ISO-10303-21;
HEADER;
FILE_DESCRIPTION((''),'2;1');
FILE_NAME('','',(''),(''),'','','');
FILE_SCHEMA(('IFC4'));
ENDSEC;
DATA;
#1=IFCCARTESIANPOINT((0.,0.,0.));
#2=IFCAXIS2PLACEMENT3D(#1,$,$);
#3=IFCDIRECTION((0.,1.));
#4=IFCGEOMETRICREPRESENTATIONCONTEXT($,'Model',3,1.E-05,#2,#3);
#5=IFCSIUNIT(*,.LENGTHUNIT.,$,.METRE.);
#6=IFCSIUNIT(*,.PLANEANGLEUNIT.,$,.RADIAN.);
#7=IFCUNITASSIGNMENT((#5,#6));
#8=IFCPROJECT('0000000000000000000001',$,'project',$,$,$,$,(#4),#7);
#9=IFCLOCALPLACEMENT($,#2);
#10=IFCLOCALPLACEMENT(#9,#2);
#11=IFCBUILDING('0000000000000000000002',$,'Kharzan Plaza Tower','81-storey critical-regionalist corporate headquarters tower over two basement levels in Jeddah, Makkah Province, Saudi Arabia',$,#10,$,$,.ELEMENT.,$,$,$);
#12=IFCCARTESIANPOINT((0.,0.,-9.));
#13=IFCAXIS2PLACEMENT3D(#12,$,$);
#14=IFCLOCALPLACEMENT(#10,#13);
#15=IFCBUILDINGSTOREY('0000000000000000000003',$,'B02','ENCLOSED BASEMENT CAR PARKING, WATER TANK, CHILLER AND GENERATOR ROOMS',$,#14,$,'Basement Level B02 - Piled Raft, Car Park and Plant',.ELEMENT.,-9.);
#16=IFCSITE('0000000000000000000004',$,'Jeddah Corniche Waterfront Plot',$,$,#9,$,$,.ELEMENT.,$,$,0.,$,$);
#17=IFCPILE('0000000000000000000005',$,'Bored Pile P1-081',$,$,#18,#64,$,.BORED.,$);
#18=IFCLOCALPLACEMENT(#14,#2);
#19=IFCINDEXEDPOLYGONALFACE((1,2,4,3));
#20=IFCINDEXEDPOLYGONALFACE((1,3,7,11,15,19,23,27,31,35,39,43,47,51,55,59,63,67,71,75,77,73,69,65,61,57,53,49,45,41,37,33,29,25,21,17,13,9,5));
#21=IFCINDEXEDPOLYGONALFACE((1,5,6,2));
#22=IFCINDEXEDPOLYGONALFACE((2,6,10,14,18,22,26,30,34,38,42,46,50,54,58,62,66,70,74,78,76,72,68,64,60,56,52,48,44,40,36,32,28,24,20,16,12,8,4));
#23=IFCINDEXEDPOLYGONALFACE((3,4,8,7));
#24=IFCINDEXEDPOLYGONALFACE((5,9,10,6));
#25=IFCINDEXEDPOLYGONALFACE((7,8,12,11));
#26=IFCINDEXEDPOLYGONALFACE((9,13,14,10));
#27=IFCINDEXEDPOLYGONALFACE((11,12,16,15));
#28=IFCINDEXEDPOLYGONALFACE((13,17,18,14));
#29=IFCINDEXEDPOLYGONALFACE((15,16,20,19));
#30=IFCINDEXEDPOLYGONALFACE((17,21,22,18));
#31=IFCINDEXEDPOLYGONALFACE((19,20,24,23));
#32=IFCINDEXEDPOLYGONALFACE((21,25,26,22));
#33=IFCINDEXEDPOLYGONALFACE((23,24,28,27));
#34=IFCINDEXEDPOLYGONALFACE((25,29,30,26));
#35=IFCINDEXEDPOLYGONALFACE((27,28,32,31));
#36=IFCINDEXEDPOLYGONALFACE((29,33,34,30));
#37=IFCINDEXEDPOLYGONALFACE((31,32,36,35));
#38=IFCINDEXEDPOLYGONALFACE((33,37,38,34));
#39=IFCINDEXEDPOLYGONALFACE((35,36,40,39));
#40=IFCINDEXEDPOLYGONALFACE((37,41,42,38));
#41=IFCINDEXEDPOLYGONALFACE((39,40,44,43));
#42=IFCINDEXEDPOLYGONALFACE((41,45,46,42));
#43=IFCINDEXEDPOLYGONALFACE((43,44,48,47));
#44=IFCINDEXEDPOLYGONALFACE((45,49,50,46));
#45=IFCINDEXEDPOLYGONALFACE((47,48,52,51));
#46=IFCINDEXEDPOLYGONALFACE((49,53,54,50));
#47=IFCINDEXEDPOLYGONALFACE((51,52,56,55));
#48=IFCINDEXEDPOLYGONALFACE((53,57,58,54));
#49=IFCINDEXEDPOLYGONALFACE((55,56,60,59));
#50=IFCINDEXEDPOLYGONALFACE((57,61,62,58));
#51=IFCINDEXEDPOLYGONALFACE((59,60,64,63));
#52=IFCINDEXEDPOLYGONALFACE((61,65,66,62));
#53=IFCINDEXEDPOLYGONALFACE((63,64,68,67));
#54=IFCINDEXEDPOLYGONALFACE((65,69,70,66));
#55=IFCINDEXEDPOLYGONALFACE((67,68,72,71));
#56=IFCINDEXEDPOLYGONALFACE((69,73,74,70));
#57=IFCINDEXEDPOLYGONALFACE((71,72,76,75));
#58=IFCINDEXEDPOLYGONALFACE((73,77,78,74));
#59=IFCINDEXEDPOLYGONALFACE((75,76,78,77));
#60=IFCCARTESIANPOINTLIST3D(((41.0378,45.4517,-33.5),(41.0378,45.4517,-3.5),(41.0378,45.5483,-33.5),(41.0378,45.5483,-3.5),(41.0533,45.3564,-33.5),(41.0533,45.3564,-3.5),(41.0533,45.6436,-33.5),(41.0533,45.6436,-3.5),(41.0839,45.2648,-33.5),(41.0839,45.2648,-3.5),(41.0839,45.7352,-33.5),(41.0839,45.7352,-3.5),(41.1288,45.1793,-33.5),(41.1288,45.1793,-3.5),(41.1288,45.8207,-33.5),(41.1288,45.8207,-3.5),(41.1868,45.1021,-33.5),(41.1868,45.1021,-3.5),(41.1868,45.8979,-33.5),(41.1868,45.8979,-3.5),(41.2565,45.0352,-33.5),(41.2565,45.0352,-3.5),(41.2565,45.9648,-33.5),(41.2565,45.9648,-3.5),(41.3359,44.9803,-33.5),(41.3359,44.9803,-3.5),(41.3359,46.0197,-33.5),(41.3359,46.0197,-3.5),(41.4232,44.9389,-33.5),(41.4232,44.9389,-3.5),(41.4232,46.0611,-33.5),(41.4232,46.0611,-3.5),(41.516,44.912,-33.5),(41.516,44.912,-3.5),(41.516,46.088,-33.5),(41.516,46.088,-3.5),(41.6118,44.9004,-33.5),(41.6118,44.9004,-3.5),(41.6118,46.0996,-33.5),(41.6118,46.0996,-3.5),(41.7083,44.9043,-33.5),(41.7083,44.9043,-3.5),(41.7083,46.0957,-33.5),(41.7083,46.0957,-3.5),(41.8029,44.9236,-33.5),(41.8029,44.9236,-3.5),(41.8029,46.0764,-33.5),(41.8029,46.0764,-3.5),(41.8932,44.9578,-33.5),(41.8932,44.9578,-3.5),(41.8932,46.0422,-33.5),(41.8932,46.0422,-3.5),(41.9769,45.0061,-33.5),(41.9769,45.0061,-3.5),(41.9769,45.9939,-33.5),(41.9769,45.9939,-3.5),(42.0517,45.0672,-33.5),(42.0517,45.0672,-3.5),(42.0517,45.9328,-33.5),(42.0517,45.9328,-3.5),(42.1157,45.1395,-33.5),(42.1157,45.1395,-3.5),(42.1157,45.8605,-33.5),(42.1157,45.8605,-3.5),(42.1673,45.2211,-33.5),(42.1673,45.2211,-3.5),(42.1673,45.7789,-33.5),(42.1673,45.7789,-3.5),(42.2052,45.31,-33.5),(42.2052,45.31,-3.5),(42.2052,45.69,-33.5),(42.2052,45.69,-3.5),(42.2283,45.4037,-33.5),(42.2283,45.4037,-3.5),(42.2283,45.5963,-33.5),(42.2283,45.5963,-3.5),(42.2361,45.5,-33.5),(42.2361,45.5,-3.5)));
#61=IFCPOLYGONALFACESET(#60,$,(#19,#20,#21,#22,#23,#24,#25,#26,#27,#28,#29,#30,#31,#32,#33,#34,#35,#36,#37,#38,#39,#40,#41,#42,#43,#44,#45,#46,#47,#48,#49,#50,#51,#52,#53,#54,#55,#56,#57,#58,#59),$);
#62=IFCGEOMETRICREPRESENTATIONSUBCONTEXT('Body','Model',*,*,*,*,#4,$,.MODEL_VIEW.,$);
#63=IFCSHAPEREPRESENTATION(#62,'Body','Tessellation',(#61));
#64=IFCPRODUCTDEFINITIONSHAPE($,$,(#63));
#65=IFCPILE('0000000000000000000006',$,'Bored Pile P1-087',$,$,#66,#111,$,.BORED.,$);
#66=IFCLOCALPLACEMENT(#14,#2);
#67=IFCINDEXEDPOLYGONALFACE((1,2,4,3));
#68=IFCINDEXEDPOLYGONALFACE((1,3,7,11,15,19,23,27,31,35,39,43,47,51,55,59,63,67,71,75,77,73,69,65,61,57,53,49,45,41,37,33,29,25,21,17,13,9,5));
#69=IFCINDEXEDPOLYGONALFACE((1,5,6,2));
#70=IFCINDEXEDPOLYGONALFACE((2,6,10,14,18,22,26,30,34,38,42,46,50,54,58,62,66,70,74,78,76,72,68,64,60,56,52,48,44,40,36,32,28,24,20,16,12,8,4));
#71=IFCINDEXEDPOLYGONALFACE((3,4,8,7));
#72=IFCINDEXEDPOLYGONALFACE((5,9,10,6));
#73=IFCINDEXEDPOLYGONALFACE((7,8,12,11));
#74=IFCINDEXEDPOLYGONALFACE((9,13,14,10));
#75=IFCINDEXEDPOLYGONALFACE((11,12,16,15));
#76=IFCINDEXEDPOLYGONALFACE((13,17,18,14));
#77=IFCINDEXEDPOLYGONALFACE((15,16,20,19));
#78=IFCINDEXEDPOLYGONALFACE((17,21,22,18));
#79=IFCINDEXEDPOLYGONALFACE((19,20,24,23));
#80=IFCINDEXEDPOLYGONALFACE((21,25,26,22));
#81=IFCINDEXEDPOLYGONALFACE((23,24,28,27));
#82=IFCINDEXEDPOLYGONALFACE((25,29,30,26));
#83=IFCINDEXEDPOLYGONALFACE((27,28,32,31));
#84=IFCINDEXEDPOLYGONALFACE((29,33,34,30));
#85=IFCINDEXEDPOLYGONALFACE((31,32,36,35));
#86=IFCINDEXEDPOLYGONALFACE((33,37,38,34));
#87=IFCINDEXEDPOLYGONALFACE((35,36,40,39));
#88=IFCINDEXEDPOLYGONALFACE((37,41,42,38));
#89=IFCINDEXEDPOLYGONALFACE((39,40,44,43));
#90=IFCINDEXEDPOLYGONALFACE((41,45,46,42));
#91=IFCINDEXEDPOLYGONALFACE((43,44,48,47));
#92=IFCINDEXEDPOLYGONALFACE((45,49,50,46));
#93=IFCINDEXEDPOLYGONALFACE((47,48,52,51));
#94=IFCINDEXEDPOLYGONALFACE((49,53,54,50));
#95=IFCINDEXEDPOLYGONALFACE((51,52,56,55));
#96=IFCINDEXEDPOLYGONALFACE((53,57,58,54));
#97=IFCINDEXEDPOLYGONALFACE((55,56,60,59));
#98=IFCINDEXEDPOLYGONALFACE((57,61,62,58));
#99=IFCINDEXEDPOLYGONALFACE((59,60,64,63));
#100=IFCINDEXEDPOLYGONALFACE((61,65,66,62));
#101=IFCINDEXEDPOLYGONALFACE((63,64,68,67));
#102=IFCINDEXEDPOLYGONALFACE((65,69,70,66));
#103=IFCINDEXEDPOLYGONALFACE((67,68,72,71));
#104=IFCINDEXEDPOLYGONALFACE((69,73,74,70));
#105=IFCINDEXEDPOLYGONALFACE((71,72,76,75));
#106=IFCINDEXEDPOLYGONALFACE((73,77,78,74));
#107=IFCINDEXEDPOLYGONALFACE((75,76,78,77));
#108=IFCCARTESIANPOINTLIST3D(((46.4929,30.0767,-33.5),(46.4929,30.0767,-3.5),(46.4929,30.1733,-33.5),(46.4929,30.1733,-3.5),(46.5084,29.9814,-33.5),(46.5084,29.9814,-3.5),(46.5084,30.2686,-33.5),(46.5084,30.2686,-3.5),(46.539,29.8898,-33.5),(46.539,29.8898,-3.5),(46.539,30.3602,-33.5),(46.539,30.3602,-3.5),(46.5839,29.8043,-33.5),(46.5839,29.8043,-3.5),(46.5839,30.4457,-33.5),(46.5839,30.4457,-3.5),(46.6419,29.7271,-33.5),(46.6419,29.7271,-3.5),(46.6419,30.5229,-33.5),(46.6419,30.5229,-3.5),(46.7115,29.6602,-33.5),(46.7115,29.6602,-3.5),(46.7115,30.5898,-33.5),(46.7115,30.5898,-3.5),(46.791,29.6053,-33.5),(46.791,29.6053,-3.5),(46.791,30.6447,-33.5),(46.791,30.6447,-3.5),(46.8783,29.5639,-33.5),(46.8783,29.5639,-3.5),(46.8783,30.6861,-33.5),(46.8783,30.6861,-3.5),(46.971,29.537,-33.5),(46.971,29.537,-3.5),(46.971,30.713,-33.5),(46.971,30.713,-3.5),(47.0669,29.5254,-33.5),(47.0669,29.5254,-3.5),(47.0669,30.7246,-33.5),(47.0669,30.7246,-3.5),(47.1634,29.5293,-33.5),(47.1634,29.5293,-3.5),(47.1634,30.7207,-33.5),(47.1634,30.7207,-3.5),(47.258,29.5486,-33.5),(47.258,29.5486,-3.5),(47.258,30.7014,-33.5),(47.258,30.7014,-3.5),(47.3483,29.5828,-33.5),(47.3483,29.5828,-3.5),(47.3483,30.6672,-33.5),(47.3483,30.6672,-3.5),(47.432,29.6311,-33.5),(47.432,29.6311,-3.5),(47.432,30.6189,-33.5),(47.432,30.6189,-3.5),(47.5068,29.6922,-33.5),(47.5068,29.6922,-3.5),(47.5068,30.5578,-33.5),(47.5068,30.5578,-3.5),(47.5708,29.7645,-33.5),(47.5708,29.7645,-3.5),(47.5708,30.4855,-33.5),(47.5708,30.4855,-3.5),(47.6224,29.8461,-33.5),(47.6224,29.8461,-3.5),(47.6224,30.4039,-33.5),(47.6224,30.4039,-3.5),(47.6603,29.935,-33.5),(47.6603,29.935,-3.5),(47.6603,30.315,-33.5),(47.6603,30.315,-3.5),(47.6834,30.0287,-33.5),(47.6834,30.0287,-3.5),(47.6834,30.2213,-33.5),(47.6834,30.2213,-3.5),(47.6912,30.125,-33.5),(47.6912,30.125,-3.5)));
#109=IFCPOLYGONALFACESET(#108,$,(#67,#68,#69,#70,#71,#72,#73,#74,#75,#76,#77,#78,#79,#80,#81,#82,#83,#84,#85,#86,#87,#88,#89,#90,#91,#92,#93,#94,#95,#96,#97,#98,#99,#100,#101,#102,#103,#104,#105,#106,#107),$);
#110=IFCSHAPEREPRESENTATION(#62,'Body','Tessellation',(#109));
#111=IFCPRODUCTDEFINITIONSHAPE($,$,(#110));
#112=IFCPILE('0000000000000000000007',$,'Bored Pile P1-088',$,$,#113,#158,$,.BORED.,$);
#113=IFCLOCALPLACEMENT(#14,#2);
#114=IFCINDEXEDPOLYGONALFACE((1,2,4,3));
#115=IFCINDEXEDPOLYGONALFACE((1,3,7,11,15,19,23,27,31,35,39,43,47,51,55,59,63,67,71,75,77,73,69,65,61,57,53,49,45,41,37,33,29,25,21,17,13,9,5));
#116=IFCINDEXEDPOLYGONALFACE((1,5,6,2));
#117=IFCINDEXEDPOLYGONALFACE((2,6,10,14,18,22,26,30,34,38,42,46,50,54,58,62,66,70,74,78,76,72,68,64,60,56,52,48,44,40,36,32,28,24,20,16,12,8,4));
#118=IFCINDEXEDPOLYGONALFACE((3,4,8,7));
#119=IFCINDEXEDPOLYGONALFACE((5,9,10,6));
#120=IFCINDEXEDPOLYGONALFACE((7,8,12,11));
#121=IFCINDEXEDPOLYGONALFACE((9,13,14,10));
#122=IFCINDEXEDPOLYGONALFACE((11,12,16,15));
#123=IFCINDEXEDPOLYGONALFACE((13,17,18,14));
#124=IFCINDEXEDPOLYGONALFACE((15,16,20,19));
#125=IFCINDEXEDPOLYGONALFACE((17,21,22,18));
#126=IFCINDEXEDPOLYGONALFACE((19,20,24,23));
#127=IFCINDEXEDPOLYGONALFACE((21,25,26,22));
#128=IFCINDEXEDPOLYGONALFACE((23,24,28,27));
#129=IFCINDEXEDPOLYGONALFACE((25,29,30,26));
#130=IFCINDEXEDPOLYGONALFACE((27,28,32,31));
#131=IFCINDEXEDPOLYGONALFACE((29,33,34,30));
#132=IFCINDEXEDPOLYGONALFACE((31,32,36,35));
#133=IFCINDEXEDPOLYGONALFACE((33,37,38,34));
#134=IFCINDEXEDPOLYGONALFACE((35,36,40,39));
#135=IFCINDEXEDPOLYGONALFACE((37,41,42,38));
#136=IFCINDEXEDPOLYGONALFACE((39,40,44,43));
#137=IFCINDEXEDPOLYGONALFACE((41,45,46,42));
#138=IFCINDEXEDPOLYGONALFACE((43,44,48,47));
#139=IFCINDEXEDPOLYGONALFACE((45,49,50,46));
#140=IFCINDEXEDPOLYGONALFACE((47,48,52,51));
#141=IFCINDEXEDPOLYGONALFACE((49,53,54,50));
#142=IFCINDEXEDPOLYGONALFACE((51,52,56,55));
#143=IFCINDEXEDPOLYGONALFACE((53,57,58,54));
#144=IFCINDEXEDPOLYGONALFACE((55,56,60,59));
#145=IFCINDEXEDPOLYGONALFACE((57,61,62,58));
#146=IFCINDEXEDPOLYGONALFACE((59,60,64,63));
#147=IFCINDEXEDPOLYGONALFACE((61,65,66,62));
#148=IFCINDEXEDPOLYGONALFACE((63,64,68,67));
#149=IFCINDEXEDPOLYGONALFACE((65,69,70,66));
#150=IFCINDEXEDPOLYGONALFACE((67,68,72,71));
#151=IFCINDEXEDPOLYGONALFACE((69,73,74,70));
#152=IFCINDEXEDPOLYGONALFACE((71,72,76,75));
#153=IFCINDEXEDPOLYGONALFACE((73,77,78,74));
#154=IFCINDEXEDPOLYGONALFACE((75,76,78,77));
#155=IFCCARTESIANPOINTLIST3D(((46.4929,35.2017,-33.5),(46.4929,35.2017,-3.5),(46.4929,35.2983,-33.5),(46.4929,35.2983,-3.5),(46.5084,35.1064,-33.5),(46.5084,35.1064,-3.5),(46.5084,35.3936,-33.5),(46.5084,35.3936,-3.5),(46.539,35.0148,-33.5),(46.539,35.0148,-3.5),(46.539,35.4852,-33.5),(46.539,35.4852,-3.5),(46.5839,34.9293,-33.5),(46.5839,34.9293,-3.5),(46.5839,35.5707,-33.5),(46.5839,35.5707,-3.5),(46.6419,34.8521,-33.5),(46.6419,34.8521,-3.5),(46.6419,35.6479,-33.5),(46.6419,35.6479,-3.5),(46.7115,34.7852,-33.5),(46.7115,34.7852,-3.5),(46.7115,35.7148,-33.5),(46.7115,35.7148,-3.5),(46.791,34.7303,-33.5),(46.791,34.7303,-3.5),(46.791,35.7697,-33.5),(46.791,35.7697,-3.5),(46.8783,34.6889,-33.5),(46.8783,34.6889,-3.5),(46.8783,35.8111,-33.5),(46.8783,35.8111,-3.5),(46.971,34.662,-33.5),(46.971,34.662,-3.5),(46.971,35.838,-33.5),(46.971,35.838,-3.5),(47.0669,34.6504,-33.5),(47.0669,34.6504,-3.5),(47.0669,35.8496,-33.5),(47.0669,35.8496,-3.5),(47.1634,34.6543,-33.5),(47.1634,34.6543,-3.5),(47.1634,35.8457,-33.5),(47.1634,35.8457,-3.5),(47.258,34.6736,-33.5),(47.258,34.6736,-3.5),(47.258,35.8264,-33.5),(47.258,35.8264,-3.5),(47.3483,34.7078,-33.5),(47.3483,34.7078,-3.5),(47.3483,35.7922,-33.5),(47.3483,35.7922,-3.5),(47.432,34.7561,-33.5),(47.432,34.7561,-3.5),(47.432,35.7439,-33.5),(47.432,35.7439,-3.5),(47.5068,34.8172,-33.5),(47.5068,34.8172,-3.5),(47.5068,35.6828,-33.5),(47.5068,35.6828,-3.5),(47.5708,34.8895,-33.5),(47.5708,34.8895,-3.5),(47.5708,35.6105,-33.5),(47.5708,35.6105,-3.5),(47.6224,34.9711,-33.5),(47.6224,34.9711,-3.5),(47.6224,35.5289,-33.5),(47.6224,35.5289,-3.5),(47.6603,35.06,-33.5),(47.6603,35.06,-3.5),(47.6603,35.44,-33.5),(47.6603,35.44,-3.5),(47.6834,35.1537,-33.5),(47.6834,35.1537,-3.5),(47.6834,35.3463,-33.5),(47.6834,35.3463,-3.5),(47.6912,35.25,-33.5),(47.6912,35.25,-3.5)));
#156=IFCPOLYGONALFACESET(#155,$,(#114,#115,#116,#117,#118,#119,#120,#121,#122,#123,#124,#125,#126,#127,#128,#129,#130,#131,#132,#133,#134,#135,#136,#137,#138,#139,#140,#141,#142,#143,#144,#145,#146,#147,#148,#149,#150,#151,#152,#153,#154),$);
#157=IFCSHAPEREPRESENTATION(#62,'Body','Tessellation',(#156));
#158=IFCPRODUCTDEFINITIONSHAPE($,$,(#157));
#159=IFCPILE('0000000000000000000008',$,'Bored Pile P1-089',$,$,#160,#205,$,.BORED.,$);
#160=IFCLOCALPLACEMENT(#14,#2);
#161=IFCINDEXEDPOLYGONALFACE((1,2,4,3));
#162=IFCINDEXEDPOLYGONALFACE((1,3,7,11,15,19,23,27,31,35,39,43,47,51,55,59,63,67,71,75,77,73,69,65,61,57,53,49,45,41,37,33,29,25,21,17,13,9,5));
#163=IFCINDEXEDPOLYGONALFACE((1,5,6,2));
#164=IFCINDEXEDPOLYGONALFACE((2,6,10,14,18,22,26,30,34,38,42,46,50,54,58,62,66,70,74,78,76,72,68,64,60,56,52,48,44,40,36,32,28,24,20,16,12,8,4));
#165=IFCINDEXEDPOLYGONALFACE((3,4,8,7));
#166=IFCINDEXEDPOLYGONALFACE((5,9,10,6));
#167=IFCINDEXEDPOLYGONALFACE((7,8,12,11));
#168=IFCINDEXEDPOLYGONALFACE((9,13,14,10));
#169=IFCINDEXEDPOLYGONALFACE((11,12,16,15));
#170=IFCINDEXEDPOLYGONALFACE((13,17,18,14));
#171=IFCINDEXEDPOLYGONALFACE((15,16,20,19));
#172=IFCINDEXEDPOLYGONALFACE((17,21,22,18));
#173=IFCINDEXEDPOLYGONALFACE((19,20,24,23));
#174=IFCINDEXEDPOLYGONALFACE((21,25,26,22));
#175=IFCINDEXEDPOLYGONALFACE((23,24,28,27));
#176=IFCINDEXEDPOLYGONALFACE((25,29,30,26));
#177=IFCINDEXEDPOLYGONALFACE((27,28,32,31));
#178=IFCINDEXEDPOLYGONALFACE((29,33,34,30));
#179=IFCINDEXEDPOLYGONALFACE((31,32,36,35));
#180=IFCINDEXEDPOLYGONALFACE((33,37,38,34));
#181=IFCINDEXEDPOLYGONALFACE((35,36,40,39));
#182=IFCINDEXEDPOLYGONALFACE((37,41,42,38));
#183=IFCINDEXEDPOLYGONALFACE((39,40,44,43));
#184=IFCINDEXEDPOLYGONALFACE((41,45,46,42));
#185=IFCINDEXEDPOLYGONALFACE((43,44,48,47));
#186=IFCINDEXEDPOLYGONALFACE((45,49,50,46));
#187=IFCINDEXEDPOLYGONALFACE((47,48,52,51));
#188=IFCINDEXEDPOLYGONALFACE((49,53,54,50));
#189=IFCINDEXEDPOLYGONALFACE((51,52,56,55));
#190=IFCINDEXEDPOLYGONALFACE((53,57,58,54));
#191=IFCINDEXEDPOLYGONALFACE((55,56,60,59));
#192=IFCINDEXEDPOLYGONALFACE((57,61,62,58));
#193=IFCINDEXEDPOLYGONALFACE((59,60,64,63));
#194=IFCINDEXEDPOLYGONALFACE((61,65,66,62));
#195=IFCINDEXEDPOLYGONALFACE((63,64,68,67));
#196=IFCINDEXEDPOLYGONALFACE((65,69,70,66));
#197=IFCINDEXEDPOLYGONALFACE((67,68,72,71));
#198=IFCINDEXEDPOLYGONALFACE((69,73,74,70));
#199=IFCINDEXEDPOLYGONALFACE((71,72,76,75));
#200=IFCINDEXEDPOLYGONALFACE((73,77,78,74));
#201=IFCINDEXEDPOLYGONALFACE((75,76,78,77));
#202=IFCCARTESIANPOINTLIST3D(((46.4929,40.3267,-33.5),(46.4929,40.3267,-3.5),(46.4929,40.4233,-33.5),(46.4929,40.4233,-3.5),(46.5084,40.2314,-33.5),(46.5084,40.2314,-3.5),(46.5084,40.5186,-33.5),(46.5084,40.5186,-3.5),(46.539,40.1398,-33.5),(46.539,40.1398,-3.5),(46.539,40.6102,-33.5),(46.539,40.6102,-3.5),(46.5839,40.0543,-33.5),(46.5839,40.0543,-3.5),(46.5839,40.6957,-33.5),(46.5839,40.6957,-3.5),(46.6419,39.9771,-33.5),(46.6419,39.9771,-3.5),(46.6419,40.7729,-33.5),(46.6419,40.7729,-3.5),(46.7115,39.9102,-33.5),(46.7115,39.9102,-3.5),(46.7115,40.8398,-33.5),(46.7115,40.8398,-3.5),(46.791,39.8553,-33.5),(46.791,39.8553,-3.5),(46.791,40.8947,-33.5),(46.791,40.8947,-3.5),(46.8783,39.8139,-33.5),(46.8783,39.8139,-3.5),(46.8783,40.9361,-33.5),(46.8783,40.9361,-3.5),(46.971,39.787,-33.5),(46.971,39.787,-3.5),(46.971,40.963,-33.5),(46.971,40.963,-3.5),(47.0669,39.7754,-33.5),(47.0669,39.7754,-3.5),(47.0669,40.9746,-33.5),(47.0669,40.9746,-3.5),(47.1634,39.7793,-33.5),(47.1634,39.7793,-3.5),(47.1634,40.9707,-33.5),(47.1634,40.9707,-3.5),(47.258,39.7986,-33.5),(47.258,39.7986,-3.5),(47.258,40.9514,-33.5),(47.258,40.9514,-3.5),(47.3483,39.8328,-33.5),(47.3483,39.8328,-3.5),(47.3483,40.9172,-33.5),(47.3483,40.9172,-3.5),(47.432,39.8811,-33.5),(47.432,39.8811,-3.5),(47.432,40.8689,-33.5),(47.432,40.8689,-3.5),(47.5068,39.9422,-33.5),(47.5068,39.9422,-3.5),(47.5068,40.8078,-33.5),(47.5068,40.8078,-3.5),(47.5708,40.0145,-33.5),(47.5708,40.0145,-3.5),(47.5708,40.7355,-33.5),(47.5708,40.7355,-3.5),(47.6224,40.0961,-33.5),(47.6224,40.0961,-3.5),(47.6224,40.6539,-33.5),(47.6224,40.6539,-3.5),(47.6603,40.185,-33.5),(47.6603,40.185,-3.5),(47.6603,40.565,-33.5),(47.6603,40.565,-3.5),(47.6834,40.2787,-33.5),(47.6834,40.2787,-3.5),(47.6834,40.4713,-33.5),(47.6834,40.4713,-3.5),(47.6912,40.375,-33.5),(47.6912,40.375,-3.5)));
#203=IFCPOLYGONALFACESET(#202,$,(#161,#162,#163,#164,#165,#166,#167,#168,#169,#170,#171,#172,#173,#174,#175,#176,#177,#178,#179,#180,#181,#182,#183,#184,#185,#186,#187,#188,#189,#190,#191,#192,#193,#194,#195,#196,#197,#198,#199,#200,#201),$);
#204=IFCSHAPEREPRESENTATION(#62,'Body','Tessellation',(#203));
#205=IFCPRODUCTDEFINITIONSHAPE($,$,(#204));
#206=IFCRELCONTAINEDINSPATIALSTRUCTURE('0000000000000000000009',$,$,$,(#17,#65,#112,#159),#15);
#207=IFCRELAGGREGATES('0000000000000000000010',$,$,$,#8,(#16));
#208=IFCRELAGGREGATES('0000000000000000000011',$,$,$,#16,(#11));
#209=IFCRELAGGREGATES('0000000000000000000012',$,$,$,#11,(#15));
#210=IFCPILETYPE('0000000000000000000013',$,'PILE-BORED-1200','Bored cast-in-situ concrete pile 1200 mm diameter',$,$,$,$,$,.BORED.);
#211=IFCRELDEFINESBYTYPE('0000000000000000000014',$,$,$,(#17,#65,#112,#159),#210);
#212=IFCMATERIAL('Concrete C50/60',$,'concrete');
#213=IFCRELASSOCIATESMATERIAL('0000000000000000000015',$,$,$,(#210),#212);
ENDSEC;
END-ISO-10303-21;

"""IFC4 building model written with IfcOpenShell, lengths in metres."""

from ifc_helpers import new_model, si_unit, direction, frame, origin, origin_2d, place, context, subcontext, project, spatial, circle, extrude, source, transform, mapped, material, material_profile, profile_set, type_object, element, save


model = new_model("IFC4")

# Units and contexts
model_context = context("Model", 3, precision=1e-05, world=origin(), true_north=direction((0.0, 1.0)))
body_context = subcontext(model_context, "Body", "Model", "MODEL_VIEW")
ifc_project = project(units=[si_unit("LENGTHUNIT", "METRE"), si_unit("PLANEANGLEUNIT", "RADIAN")], contexts=[model_context])

# Site, building, storey
site_placement = place(None, origin())
site = spatial("IfcSite", under=ifc_project, at=site_placement, Name="Jeddah Corniche Waterfront Plot", CompositionType="ELEMENT", RefElevation=0.0)
building_placement = place(site_placement, origin())
building = spatial("IfcBuilding", under=site, at=building_placement, Name="Kharzan Plaza Tower", Description="81-storey critical-regionalist corporate headquarters tower over two basement levels in Jeddah, Makkah Province, Saudi Arabia", CompositionType="ELEMENT")
storey_placement = place(building_placement, frame((0.0, 0.0, -9.0)))
storey = spatial("IfcBuildingStorey", under=building, at=storey_placement, Name="B02", Description="ENCLOSED BASEMENT CAR PARKING, WATER TANK, CHILLER AND GENERATOR ROOMS", LongName="Basement Level B02 - Piled Raft, Car Park and Plant", CompositionType="ELEMENT", Elevation=-9.0)

# Piles
ifc_material_1 = material(Name="Concrete C50/60", Category="concrete")
ifc_material_profile_1 = material_profile(ifc_material_1, circle(Radius=0.6001, at=origin_2d()), Name="PILE-D1200")
ifc_profile_set_1 = profile_set([ifc_material_profile_1], Name="Concrete C50/60")
pile_type = type_object("IfcPileType", Name="PILE-BORED-1200", Description="Bored cast-in-situ concrete pile 1200 mm diameter", PredefinedType="BORED", material=ifc_profile_set_1)
shared_shape_1 = source(origin(), body_context, "Body", "SweptSolid", [
    extrude(circle(Radius=0.6001, at=origin_2d()), origin(), (0.0, 0.0, 1.0), 30.0),
])
for number, where, z_axis, x_axis, name in (
    (1, (41.636, 45.5, -3.5), (0.0, 0.0, -1.0), (1.0, 0.0, 0.0), "Bored Pile P1-081"),
    (2, (47.0911, 30.125, -3.5), (0.0, 0.0, -1.0), (1.0, 0.0, 0.0), "Bored Pile P1-087"),
    (3, (47.0911, 35.25, -3.5), (0.0, 0.0, -1.0), (1.0, 0.0, 0.0), "Bored Pile P1-088"),
    (4, (47.0911, 40.375, -3.5), (0.0, 0.0, -1.0), (1.0, 0.0, 0.0), "Bored Pile P1-089"),
):
    element("IfcPile", number, at=place(storey_placement, frame(where, z_axis=z_axis, x_axis=x_axis)), inside=storey, type_object=pile_type, Name=name, PredefinedType="BORED", context=body_context, shape_type="MappedRepresentation", body=[
        mapped(shared_shape_1, transform((0.0, 0.0, 0.0), x_axis=(1.0, 0.0, 0.0), y_axis=(0.0, 1.0, 0.0), z_axis=(0.0, 0.0, 1.0))),
    ])

save(model, "model.ifc")
